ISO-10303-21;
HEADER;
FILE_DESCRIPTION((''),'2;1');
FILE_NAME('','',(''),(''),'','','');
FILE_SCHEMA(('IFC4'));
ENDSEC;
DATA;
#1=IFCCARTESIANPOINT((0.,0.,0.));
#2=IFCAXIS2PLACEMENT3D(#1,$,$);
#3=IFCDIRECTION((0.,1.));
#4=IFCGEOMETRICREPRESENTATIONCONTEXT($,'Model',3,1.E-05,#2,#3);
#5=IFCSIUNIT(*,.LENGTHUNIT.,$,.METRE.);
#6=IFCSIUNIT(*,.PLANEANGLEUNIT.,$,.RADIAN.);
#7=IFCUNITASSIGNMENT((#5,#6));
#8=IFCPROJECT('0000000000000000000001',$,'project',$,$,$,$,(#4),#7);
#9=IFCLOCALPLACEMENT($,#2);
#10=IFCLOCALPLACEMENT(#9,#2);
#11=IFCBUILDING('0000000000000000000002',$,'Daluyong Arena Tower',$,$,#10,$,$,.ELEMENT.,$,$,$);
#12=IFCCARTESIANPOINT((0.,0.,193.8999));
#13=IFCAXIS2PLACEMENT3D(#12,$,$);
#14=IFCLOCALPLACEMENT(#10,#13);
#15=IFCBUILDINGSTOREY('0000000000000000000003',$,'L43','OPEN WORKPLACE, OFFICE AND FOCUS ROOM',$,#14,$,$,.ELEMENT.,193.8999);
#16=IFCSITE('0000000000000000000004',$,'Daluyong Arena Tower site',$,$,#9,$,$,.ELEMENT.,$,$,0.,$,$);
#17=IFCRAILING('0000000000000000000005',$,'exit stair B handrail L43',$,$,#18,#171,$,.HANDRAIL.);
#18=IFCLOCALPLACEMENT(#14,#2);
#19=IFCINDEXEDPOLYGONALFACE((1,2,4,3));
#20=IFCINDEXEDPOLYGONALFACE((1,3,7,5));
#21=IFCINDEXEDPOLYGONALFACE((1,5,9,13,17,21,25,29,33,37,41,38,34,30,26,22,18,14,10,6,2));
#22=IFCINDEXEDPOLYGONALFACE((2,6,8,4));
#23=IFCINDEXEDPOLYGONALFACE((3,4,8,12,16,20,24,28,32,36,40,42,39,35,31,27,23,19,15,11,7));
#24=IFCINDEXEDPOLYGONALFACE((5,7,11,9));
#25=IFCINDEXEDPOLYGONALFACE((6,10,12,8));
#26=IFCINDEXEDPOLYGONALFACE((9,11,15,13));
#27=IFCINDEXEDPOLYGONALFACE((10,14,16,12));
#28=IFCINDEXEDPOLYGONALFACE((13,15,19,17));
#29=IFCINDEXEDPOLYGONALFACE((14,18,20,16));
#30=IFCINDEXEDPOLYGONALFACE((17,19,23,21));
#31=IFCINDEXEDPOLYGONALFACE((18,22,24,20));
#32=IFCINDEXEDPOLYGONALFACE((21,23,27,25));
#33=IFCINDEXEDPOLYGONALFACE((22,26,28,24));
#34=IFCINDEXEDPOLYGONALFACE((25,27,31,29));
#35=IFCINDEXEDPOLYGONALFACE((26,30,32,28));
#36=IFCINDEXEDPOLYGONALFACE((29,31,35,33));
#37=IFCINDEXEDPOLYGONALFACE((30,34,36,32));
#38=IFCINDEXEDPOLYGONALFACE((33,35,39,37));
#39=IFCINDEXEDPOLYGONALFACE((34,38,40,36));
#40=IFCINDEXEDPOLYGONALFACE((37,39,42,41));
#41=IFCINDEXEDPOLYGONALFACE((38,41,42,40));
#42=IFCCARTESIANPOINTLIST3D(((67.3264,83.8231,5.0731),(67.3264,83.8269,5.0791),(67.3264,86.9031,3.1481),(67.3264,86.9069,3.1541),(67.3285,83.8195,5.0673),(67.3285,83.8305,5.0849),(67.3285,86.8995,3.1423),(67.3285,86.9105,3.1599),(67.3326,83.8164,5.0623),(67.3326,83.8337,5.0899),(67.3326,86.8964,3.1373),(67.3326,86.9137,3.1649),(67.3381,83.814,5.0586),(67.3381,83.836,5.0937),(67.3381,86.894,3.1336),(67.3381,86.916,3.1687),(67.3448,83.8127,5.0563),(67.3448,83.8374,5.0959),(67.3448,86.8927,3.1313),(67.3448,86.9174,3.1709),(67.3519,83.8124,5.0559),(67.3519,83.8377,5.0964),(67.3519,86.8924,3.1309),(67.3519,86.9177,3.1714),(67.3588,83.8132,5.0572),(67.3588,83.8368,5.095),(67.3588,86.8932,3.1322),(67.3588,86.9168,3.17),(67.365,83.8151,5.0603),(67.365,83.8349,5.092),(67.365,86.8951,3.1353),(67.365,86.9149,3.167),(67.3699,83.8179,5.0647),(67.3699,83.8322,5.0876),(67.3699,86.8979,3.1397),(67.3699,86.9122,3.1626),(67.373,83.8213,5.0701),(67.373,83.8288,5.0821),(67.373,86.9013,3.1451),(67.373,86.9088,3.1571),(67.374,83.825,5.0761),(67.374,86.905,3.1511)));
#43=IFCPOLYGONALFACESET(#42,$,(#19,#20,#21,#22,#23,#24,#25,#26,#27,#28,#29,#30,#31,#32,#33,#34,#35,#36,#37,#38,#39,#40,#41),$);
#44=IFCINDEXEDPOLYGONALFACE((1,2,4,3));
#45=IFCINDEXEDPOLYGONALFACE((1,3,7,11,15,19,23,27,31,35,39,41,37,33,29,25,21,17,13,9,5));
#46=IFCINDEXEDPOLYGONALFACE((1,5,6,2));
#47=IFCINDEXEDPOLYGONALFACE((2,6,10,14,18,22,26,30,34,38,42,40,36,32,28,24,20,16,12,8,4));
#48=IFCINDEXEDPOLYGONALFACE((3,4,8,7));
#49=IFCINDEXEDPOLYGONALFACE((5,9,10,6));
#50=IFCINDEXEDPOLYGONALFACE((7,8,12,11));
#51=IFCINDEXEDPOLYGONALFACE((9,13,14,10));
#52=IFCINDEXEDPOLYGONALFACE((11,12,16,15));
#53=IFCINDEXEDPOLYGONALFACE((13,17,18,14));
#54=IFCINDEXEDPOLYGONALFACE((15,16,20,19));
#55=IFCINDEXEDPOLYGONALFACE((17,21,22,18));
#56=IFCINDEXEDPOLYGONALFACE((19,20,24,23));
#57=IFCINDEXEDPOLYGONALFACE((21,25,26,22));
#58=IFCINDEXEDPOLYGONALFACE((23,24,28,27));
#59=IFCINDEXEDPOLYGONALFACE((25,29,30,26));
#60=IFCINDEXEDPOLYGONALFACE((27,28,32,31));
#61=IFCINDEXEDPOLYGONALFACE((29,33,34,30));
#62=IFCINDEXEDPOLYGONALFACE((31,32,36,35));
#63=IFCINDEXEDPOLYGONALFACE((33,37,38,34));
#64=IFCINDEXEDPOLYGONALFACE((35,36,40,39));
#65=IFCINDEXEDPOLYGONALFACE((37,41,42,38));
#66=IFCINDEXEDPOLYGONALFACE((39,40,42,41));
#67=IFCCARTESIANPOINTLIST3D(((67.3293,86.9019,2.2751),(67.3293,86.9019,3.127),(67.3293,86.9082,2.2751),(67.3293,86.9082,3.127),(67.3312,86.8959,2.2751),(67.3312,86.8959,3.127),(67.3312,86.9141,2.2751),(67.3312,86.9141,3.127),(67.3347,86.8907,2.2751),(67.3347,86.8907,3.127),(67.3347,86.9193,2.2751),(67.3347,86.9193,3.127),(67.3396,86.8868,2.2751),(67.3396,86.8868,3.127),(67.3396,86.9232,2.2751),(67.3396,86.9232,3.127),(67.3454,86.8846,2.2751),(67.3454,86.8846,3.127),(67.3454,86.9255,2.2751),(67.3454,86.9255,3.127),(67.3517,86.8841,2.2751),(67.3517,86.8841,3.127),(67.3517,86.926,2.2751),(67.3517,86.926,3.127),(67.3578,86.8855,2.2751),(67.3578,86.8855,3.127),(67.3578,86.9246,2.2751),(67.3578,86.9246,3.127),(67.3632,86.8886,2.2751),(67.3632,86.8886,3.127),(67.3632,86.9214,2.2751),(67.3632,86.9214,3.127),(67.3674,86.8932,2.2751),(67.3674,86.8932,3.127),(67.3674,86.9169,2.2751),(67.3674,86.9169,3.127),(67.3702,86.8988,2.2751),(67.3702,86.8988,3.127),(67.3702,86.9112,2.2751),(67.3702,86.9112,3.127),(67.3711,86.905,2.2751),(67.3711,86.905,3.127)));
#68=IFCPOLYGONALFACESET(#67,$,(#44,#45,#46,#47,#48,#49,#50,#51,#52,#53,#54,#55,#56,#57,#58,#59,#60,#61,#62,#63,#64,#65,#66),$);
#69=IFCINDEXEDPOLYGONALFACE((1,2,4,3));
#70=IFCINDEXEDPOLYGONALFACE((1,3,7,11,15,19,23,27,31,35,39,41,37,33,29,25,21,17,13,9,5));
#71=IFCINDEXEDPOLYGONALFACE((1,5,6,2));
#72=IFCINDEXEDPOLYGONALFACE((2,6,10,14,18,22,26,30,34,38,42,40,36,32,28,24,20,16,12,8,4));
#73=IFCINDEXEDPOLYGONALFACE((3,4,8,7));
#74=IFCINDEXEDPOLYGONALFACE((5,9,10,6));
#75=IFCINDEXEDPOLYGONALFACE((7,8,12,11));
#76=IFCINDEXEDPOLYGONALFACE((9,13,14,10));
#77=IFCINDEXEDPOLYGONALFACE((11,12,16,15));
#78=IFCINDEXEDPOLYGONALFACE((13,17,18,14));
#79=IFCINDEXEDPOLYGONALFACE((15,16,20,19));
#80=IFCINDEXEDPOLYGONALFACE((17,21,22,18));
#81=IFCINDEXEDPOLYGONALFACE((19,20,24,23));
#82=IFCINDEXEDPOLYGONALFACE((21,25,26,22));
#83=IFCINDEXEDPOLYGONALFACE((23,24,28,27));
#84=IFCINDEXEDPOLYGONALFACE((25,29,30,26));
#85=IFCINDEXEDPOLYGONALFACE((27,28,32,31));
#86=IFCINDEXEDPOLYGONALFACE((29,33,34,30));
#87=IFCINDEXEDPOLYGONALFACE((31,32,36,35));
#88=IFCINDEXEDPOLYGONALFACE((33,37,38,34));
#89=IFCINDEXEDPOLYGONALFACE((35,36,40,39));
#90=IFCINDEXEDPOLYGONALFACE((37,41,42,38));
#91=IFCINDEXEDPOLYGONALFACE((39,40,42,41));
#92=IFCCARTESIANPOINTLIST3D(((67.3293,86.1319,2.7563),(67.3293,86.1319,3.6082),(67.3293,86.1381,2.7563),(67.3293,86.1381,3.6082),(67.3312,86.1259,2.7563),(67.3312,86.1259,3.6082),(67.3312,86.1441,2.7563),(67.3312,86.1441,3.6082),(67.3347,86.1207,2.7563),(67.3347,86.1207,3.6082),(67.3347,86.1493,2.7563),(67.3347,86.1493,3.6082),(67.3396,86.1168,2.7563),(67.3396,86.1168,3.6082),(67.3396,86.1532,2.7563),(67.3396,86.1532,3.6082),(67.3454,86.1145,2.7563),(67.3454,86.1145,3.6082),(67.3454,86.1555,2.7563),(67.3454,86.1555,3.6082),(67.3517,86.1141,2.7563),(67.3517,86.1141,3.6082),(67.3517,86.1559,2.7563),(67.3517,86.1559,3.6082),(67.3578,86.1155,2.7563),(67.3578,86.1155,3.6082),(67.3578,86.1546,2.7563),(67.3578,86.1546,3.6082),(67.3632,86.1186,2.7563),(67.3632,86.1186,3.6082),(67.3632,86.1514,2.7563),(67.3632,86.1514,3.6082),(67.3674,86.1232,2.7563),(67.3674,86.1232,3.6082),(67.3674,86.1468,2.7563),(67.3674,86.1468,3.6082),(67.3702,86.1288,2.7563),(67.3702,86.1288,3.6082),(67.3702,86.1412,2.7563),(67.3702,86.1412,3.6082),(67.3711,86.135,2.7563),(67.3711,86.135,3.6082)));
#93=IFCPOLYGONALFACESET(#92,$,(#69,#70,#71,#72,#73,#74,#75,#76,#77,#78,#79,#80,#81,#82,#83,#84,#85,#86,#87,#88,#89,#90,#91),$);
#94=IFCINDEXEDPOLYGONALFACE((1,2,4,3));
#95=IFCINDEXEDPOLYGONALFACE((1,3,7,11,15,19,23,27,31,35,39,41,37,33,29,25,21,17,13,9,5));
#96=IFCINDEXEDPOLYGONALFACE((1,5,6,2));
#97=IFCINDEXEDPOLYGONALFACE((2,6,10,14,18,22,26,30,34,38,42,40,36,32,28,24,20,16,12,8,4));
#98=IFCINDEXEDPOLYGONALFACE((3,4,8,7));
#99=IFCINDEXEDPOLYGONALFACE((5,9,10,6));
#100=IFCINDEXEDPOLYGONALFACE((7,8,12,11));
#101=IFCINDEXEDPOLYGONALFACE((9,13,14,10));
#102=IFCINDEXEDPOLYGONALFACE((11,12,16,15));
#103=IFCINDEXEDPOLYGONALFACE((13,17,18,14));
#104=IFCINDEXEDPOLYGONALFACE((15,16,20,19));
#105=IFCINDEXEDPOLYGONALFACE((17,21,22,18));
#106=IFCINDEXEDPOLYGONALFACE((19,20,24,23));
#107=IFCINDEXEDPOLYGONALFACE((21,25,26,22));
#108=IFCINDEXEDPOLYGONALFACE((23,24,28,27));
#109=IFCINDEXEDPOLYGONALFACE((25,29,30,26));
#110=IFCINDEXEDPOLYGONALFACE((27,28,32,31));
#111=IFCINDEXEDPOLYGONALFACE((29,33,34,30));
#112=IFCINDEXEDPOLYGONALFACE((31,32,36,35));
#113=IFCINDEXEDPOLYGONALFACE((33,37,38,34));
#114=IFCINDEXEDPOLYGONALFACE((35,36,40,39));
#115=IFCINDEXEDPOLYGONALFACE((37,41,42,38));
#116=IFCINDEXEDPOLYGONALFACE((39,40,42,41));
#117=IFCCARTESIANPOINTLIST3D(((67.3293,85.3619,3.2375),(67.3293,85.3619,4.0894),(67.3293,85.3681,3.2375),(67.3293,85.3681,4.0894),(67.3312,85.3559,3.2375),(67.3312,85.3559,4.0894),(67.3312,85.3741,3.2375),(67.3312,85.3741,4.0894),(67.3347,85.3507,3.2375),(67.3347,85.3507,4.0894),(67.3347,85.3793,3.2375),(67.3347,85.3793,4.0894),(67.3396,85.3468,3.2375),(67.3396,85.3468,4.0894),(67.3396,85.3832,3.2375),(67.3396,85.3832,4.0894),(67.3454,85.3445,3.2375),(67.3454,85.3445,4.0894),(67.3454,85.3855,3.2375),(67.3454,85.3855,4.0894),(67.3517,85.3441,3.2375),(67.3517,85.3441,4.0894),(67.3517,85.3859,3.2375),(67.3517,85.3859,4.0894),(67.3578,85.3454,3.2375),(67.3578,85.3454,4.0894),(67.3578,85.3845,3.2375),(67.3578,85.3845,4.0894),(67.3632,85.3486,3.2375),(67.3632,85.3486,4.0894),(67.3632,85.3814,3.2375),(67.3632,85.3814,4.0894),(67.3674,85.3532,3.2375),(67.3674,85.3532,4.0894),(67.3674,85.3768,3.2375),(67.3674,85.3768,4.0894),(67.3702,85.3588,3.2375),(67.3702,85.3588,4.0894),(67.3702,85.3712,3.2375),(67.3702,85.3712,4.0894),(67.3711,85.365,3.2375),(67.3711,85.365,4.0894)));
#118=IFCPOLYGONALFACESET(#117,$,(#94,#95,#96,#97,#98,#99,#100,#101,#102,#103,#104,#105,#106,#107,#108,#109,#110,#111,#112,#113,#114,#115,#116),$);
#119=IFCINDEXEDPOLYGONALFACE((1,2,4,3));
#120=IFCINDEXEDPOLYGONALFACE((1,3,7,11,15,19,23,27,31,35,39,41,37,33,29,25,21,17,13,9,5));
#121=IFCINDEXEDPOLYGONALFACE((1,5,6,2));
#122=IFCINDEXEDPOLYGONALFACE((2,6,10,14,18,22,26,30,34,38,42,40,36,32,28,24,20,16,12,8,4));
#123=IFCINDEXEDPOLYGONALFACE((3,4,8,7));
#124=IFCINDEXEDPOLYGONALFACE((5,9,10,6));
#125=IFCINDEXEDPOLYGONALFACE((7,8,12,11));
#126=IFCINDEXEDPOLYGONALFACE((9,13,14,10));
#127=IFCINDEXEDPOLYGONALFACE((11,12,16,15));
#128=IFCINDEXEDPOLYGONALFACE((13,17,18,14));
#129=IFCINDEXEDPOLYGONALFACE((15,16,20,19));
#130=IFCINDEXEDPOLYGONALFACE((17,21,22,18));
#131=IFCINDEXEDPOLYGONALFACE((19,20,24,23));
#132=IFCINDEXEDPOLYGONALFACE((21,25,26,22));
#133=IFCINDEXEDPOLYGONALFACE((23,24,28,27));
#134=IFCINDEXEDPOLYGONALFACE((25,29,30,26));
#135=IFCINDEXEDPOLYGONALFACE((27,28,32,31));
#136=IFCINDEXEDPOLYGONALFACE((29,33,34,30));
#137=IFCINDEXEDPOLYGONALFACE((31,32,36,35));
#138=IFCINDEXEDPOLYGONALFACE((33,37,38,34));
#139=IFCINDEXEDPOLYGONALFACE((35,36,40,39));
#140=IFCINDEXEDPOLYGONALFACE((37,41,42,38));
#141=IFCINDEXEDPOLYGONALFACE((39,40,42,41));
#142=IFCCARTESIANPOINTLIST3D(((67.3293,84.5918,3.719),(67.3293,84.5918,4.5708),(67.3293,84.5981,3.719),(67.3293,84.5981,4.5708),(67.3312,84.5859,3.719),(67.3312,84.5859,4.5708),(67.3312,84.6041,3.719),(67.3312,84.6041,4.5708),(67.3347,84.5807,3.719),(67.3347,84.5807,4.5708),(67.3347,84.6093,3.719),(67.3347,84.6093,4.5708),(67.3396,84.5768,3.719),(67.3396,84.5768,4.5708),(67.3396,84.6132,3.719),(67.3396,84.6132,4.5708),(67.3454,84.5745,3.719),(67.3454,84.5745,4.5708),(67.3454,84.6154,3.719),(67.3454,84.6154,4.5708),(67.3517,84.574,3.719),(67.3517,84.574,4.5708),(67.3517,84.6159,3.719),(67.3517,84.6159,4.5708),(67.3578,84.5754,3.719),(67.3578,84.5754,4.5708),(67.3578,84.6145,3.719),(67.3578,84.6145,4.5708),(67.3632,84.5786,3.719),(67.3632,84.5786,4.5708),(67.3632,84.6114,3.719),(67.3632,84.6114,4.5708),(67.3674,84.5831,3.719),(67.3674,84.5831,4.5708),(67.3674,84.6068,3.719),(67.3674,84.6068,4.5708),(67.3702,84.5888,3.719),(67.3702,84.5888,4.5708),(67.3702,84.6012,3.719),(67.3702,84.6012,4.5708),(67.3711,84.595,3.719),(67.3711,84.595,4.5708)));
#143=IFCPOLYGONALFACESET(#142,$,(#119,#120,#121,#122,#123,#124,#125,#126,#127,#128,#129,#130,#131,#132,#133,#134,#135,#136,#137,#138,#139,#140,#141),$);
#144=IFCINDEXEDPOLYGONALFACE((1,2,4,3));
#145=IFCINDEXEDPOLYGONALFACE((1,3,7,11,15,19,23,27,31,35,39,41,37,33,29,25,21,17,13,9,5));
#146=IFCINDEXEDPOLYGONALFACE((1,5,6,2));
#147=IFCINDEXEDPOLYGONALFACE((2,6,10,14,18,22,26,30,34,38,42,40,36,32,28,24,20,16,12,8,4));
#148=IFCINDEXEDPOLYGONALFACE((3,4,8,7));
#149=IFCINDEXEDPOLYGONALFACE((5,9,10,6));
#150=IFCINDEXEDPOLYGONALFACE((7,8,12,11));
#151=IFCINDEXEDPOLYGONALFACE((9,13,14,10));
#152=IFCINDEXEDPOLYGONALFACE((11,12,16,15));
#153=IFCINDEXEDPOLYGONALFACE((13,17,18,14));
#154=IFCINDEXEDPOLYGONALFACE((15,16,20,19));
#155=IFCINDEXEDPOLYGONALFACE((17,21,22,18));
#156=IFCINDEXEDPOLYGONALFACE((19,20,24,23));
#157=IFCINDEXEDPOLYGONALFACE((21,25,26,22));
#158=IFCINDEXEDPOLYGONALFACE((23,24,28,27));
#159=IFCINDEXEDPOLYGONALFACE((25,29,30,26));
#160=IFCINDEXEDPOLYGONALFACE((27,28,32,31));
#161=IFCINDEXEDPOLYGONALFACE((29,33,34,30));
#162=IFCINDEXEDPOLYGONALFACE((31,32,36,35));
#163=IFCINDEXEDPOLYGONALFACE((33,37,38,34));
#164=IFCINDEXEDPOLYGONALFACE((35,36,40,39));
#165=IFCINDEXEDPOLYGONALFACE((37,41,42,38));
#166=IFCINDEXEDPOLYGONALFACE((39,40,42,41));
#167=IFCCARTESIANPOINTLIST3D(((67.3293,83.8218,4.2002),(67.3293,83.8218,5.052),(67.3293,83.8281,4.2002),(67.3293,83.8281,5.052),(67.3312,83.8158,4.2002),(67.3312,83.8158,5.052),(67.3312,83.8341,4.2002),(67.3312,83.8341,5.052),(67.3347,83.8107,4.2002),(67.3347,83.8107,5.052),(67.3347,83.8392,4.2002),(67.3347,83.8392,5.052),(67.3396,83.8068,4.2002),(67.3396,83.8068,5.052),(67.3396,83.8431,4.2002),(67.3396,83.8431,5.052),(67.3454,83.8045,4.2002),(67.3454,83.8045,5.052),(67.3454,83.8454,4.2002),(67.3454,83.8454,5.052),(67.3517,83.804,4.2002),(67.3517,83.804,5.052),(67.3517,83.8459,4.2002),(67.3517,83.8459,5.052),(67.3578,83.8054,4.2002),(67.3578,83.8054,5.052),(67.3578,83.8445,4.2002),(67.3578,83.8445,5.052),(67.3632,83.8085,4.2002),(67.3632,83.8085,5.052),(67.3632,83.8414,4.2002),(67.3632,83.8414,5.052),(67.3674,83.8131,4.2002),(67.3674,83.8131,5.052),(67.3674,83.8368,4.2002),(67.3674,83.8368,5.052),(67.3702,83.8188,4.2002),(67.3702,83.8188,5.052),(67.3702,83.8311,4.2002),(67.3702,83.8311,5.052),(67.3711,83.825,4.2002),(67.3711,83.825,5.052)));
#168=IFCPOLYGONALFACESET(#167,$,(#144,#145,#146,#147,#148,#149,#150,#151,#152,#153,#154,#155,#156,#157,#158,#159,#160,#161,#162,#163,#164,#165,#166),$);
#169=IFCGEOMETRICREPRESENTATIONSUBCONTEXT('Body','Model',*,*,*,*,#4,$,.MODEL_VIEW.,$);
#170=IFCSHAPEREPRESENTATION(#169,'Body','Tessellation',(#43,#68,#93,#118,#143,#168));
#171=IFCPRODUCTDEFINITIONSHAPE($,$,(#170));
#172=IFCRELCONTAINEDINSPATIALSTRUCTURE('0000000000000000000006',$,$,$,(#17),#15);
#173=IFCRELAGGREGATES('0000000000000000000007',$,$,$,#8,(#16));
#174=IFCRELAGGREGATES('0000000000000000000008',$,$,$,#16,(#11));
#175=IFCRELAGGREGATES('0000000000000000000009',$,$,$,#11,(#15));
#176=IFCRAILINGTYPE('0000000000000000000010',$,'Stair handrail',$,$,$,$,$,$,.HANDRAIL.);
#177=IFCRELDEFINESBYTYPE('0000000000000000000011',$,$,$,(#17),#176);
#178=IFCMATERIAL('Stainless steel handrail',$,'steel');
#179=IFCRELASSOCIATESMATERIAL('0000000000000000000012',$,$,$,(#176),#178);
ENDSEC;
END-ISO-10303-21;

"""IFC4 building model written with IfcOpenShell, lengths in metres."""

from ifc_helpers import new_model, si_unit, direction, frame, origin, origin_2d, place, context, subcontext, project, spatial, circle, extrude, material, type_object, element, save


model = new_model("IFC4")

# Units and contexts
model_context = context("Model", 3, precision=1e-05, world=origin(), true_north=direction((0.0, 1.0)))
body_context = subcontext(model_context, "Body", "Model", "MODEL_VIEW")
ifc_project = project(units=[si_unit("LENGTHUNIT", "METRE"), si_unit("PLANEANGLEUNIT", "RADIAN")], contexts=[model_context])

# Site, building, storey
site_placement = place(None, origin())
site = spatial("IfcSite", under=ifc_project, at=site_placement, Name="Daluyong Arena Tower site", CompositionType="ELEMENT", RefElevation=0.0)
building_placement = place(site_placement, origin())
building = spatial("IfcBuilding", under=site, at=building_placement, Name="Daluyong Arena Tower", CompositionType="ELEMENT")
storey_placement = place(building_placement, frame((0.0, 0.0, 193.8999)))
storey = spatial("IfcBuildingStorey", under=building, at=storey_placement, Name="L43", Description="OPEN WORKPLACE, OFFICE AND FOCUS ROOM", CompositionType="ELEMENT", Elevation=193.8999)

# Railing
ifc_material_1 = material(Name="Stainless steel handrail", Category="steel")
railing_type_1 = type_object("IfcRailingType", Name="Stair handrail", PredefinedType="HANDRAIL", material=ifc_material_1)
railing_1_placement = place(storey_placement, frame((67.3501, 86.905, 2.2751)))
element("IfcRailing", 1, at=railing_1_placement, inside=storey, type_object=railing_type_1, Name="exit stair B handrail L43", PredefinedType="HANDRAIL", context=body_context, shape_type="SweptSolid", body=[
    extrude(circle(Radius=0.0239, at=origin_2d()), frame((0.0, 0.0, 0.876), z_axis=(0.0, -0.847998, 0.529999), x_axis=(1.0, 0.0, 0.0)), (0.0, 0.0, 1.0), 3.6321),
    extrude(circle(Radius=0.021, at=origin_2d()), origin(), (0.0, 0.0, 1.0), 0.8518),
    extrude(circle(Radius=0.021, at=origin_2d()), frame((0.0, -0.77, 0.4812)), (0.0, 0.0, 1.0), 0.8518),
    extrude(circle(Radius=0.021, at=origin_2d()), frame((0.0, -1.54, 0.9624)), (0.0, 0.0, 1.0), 0.8518),
    extrude(circle(Radius=0.021, at=origin_2d()), frame((0.0, -2.3101, 1.4438)), (0.0, 0.0, 1.0), 0.8518),
    extrude(circle(Radius=0.021, at=origin_2d()), frame((0.0, -3.0801, 1.925)), (0.0, 0.0, 1.0), 0.8518),
])

save(model, "model.ifc")
